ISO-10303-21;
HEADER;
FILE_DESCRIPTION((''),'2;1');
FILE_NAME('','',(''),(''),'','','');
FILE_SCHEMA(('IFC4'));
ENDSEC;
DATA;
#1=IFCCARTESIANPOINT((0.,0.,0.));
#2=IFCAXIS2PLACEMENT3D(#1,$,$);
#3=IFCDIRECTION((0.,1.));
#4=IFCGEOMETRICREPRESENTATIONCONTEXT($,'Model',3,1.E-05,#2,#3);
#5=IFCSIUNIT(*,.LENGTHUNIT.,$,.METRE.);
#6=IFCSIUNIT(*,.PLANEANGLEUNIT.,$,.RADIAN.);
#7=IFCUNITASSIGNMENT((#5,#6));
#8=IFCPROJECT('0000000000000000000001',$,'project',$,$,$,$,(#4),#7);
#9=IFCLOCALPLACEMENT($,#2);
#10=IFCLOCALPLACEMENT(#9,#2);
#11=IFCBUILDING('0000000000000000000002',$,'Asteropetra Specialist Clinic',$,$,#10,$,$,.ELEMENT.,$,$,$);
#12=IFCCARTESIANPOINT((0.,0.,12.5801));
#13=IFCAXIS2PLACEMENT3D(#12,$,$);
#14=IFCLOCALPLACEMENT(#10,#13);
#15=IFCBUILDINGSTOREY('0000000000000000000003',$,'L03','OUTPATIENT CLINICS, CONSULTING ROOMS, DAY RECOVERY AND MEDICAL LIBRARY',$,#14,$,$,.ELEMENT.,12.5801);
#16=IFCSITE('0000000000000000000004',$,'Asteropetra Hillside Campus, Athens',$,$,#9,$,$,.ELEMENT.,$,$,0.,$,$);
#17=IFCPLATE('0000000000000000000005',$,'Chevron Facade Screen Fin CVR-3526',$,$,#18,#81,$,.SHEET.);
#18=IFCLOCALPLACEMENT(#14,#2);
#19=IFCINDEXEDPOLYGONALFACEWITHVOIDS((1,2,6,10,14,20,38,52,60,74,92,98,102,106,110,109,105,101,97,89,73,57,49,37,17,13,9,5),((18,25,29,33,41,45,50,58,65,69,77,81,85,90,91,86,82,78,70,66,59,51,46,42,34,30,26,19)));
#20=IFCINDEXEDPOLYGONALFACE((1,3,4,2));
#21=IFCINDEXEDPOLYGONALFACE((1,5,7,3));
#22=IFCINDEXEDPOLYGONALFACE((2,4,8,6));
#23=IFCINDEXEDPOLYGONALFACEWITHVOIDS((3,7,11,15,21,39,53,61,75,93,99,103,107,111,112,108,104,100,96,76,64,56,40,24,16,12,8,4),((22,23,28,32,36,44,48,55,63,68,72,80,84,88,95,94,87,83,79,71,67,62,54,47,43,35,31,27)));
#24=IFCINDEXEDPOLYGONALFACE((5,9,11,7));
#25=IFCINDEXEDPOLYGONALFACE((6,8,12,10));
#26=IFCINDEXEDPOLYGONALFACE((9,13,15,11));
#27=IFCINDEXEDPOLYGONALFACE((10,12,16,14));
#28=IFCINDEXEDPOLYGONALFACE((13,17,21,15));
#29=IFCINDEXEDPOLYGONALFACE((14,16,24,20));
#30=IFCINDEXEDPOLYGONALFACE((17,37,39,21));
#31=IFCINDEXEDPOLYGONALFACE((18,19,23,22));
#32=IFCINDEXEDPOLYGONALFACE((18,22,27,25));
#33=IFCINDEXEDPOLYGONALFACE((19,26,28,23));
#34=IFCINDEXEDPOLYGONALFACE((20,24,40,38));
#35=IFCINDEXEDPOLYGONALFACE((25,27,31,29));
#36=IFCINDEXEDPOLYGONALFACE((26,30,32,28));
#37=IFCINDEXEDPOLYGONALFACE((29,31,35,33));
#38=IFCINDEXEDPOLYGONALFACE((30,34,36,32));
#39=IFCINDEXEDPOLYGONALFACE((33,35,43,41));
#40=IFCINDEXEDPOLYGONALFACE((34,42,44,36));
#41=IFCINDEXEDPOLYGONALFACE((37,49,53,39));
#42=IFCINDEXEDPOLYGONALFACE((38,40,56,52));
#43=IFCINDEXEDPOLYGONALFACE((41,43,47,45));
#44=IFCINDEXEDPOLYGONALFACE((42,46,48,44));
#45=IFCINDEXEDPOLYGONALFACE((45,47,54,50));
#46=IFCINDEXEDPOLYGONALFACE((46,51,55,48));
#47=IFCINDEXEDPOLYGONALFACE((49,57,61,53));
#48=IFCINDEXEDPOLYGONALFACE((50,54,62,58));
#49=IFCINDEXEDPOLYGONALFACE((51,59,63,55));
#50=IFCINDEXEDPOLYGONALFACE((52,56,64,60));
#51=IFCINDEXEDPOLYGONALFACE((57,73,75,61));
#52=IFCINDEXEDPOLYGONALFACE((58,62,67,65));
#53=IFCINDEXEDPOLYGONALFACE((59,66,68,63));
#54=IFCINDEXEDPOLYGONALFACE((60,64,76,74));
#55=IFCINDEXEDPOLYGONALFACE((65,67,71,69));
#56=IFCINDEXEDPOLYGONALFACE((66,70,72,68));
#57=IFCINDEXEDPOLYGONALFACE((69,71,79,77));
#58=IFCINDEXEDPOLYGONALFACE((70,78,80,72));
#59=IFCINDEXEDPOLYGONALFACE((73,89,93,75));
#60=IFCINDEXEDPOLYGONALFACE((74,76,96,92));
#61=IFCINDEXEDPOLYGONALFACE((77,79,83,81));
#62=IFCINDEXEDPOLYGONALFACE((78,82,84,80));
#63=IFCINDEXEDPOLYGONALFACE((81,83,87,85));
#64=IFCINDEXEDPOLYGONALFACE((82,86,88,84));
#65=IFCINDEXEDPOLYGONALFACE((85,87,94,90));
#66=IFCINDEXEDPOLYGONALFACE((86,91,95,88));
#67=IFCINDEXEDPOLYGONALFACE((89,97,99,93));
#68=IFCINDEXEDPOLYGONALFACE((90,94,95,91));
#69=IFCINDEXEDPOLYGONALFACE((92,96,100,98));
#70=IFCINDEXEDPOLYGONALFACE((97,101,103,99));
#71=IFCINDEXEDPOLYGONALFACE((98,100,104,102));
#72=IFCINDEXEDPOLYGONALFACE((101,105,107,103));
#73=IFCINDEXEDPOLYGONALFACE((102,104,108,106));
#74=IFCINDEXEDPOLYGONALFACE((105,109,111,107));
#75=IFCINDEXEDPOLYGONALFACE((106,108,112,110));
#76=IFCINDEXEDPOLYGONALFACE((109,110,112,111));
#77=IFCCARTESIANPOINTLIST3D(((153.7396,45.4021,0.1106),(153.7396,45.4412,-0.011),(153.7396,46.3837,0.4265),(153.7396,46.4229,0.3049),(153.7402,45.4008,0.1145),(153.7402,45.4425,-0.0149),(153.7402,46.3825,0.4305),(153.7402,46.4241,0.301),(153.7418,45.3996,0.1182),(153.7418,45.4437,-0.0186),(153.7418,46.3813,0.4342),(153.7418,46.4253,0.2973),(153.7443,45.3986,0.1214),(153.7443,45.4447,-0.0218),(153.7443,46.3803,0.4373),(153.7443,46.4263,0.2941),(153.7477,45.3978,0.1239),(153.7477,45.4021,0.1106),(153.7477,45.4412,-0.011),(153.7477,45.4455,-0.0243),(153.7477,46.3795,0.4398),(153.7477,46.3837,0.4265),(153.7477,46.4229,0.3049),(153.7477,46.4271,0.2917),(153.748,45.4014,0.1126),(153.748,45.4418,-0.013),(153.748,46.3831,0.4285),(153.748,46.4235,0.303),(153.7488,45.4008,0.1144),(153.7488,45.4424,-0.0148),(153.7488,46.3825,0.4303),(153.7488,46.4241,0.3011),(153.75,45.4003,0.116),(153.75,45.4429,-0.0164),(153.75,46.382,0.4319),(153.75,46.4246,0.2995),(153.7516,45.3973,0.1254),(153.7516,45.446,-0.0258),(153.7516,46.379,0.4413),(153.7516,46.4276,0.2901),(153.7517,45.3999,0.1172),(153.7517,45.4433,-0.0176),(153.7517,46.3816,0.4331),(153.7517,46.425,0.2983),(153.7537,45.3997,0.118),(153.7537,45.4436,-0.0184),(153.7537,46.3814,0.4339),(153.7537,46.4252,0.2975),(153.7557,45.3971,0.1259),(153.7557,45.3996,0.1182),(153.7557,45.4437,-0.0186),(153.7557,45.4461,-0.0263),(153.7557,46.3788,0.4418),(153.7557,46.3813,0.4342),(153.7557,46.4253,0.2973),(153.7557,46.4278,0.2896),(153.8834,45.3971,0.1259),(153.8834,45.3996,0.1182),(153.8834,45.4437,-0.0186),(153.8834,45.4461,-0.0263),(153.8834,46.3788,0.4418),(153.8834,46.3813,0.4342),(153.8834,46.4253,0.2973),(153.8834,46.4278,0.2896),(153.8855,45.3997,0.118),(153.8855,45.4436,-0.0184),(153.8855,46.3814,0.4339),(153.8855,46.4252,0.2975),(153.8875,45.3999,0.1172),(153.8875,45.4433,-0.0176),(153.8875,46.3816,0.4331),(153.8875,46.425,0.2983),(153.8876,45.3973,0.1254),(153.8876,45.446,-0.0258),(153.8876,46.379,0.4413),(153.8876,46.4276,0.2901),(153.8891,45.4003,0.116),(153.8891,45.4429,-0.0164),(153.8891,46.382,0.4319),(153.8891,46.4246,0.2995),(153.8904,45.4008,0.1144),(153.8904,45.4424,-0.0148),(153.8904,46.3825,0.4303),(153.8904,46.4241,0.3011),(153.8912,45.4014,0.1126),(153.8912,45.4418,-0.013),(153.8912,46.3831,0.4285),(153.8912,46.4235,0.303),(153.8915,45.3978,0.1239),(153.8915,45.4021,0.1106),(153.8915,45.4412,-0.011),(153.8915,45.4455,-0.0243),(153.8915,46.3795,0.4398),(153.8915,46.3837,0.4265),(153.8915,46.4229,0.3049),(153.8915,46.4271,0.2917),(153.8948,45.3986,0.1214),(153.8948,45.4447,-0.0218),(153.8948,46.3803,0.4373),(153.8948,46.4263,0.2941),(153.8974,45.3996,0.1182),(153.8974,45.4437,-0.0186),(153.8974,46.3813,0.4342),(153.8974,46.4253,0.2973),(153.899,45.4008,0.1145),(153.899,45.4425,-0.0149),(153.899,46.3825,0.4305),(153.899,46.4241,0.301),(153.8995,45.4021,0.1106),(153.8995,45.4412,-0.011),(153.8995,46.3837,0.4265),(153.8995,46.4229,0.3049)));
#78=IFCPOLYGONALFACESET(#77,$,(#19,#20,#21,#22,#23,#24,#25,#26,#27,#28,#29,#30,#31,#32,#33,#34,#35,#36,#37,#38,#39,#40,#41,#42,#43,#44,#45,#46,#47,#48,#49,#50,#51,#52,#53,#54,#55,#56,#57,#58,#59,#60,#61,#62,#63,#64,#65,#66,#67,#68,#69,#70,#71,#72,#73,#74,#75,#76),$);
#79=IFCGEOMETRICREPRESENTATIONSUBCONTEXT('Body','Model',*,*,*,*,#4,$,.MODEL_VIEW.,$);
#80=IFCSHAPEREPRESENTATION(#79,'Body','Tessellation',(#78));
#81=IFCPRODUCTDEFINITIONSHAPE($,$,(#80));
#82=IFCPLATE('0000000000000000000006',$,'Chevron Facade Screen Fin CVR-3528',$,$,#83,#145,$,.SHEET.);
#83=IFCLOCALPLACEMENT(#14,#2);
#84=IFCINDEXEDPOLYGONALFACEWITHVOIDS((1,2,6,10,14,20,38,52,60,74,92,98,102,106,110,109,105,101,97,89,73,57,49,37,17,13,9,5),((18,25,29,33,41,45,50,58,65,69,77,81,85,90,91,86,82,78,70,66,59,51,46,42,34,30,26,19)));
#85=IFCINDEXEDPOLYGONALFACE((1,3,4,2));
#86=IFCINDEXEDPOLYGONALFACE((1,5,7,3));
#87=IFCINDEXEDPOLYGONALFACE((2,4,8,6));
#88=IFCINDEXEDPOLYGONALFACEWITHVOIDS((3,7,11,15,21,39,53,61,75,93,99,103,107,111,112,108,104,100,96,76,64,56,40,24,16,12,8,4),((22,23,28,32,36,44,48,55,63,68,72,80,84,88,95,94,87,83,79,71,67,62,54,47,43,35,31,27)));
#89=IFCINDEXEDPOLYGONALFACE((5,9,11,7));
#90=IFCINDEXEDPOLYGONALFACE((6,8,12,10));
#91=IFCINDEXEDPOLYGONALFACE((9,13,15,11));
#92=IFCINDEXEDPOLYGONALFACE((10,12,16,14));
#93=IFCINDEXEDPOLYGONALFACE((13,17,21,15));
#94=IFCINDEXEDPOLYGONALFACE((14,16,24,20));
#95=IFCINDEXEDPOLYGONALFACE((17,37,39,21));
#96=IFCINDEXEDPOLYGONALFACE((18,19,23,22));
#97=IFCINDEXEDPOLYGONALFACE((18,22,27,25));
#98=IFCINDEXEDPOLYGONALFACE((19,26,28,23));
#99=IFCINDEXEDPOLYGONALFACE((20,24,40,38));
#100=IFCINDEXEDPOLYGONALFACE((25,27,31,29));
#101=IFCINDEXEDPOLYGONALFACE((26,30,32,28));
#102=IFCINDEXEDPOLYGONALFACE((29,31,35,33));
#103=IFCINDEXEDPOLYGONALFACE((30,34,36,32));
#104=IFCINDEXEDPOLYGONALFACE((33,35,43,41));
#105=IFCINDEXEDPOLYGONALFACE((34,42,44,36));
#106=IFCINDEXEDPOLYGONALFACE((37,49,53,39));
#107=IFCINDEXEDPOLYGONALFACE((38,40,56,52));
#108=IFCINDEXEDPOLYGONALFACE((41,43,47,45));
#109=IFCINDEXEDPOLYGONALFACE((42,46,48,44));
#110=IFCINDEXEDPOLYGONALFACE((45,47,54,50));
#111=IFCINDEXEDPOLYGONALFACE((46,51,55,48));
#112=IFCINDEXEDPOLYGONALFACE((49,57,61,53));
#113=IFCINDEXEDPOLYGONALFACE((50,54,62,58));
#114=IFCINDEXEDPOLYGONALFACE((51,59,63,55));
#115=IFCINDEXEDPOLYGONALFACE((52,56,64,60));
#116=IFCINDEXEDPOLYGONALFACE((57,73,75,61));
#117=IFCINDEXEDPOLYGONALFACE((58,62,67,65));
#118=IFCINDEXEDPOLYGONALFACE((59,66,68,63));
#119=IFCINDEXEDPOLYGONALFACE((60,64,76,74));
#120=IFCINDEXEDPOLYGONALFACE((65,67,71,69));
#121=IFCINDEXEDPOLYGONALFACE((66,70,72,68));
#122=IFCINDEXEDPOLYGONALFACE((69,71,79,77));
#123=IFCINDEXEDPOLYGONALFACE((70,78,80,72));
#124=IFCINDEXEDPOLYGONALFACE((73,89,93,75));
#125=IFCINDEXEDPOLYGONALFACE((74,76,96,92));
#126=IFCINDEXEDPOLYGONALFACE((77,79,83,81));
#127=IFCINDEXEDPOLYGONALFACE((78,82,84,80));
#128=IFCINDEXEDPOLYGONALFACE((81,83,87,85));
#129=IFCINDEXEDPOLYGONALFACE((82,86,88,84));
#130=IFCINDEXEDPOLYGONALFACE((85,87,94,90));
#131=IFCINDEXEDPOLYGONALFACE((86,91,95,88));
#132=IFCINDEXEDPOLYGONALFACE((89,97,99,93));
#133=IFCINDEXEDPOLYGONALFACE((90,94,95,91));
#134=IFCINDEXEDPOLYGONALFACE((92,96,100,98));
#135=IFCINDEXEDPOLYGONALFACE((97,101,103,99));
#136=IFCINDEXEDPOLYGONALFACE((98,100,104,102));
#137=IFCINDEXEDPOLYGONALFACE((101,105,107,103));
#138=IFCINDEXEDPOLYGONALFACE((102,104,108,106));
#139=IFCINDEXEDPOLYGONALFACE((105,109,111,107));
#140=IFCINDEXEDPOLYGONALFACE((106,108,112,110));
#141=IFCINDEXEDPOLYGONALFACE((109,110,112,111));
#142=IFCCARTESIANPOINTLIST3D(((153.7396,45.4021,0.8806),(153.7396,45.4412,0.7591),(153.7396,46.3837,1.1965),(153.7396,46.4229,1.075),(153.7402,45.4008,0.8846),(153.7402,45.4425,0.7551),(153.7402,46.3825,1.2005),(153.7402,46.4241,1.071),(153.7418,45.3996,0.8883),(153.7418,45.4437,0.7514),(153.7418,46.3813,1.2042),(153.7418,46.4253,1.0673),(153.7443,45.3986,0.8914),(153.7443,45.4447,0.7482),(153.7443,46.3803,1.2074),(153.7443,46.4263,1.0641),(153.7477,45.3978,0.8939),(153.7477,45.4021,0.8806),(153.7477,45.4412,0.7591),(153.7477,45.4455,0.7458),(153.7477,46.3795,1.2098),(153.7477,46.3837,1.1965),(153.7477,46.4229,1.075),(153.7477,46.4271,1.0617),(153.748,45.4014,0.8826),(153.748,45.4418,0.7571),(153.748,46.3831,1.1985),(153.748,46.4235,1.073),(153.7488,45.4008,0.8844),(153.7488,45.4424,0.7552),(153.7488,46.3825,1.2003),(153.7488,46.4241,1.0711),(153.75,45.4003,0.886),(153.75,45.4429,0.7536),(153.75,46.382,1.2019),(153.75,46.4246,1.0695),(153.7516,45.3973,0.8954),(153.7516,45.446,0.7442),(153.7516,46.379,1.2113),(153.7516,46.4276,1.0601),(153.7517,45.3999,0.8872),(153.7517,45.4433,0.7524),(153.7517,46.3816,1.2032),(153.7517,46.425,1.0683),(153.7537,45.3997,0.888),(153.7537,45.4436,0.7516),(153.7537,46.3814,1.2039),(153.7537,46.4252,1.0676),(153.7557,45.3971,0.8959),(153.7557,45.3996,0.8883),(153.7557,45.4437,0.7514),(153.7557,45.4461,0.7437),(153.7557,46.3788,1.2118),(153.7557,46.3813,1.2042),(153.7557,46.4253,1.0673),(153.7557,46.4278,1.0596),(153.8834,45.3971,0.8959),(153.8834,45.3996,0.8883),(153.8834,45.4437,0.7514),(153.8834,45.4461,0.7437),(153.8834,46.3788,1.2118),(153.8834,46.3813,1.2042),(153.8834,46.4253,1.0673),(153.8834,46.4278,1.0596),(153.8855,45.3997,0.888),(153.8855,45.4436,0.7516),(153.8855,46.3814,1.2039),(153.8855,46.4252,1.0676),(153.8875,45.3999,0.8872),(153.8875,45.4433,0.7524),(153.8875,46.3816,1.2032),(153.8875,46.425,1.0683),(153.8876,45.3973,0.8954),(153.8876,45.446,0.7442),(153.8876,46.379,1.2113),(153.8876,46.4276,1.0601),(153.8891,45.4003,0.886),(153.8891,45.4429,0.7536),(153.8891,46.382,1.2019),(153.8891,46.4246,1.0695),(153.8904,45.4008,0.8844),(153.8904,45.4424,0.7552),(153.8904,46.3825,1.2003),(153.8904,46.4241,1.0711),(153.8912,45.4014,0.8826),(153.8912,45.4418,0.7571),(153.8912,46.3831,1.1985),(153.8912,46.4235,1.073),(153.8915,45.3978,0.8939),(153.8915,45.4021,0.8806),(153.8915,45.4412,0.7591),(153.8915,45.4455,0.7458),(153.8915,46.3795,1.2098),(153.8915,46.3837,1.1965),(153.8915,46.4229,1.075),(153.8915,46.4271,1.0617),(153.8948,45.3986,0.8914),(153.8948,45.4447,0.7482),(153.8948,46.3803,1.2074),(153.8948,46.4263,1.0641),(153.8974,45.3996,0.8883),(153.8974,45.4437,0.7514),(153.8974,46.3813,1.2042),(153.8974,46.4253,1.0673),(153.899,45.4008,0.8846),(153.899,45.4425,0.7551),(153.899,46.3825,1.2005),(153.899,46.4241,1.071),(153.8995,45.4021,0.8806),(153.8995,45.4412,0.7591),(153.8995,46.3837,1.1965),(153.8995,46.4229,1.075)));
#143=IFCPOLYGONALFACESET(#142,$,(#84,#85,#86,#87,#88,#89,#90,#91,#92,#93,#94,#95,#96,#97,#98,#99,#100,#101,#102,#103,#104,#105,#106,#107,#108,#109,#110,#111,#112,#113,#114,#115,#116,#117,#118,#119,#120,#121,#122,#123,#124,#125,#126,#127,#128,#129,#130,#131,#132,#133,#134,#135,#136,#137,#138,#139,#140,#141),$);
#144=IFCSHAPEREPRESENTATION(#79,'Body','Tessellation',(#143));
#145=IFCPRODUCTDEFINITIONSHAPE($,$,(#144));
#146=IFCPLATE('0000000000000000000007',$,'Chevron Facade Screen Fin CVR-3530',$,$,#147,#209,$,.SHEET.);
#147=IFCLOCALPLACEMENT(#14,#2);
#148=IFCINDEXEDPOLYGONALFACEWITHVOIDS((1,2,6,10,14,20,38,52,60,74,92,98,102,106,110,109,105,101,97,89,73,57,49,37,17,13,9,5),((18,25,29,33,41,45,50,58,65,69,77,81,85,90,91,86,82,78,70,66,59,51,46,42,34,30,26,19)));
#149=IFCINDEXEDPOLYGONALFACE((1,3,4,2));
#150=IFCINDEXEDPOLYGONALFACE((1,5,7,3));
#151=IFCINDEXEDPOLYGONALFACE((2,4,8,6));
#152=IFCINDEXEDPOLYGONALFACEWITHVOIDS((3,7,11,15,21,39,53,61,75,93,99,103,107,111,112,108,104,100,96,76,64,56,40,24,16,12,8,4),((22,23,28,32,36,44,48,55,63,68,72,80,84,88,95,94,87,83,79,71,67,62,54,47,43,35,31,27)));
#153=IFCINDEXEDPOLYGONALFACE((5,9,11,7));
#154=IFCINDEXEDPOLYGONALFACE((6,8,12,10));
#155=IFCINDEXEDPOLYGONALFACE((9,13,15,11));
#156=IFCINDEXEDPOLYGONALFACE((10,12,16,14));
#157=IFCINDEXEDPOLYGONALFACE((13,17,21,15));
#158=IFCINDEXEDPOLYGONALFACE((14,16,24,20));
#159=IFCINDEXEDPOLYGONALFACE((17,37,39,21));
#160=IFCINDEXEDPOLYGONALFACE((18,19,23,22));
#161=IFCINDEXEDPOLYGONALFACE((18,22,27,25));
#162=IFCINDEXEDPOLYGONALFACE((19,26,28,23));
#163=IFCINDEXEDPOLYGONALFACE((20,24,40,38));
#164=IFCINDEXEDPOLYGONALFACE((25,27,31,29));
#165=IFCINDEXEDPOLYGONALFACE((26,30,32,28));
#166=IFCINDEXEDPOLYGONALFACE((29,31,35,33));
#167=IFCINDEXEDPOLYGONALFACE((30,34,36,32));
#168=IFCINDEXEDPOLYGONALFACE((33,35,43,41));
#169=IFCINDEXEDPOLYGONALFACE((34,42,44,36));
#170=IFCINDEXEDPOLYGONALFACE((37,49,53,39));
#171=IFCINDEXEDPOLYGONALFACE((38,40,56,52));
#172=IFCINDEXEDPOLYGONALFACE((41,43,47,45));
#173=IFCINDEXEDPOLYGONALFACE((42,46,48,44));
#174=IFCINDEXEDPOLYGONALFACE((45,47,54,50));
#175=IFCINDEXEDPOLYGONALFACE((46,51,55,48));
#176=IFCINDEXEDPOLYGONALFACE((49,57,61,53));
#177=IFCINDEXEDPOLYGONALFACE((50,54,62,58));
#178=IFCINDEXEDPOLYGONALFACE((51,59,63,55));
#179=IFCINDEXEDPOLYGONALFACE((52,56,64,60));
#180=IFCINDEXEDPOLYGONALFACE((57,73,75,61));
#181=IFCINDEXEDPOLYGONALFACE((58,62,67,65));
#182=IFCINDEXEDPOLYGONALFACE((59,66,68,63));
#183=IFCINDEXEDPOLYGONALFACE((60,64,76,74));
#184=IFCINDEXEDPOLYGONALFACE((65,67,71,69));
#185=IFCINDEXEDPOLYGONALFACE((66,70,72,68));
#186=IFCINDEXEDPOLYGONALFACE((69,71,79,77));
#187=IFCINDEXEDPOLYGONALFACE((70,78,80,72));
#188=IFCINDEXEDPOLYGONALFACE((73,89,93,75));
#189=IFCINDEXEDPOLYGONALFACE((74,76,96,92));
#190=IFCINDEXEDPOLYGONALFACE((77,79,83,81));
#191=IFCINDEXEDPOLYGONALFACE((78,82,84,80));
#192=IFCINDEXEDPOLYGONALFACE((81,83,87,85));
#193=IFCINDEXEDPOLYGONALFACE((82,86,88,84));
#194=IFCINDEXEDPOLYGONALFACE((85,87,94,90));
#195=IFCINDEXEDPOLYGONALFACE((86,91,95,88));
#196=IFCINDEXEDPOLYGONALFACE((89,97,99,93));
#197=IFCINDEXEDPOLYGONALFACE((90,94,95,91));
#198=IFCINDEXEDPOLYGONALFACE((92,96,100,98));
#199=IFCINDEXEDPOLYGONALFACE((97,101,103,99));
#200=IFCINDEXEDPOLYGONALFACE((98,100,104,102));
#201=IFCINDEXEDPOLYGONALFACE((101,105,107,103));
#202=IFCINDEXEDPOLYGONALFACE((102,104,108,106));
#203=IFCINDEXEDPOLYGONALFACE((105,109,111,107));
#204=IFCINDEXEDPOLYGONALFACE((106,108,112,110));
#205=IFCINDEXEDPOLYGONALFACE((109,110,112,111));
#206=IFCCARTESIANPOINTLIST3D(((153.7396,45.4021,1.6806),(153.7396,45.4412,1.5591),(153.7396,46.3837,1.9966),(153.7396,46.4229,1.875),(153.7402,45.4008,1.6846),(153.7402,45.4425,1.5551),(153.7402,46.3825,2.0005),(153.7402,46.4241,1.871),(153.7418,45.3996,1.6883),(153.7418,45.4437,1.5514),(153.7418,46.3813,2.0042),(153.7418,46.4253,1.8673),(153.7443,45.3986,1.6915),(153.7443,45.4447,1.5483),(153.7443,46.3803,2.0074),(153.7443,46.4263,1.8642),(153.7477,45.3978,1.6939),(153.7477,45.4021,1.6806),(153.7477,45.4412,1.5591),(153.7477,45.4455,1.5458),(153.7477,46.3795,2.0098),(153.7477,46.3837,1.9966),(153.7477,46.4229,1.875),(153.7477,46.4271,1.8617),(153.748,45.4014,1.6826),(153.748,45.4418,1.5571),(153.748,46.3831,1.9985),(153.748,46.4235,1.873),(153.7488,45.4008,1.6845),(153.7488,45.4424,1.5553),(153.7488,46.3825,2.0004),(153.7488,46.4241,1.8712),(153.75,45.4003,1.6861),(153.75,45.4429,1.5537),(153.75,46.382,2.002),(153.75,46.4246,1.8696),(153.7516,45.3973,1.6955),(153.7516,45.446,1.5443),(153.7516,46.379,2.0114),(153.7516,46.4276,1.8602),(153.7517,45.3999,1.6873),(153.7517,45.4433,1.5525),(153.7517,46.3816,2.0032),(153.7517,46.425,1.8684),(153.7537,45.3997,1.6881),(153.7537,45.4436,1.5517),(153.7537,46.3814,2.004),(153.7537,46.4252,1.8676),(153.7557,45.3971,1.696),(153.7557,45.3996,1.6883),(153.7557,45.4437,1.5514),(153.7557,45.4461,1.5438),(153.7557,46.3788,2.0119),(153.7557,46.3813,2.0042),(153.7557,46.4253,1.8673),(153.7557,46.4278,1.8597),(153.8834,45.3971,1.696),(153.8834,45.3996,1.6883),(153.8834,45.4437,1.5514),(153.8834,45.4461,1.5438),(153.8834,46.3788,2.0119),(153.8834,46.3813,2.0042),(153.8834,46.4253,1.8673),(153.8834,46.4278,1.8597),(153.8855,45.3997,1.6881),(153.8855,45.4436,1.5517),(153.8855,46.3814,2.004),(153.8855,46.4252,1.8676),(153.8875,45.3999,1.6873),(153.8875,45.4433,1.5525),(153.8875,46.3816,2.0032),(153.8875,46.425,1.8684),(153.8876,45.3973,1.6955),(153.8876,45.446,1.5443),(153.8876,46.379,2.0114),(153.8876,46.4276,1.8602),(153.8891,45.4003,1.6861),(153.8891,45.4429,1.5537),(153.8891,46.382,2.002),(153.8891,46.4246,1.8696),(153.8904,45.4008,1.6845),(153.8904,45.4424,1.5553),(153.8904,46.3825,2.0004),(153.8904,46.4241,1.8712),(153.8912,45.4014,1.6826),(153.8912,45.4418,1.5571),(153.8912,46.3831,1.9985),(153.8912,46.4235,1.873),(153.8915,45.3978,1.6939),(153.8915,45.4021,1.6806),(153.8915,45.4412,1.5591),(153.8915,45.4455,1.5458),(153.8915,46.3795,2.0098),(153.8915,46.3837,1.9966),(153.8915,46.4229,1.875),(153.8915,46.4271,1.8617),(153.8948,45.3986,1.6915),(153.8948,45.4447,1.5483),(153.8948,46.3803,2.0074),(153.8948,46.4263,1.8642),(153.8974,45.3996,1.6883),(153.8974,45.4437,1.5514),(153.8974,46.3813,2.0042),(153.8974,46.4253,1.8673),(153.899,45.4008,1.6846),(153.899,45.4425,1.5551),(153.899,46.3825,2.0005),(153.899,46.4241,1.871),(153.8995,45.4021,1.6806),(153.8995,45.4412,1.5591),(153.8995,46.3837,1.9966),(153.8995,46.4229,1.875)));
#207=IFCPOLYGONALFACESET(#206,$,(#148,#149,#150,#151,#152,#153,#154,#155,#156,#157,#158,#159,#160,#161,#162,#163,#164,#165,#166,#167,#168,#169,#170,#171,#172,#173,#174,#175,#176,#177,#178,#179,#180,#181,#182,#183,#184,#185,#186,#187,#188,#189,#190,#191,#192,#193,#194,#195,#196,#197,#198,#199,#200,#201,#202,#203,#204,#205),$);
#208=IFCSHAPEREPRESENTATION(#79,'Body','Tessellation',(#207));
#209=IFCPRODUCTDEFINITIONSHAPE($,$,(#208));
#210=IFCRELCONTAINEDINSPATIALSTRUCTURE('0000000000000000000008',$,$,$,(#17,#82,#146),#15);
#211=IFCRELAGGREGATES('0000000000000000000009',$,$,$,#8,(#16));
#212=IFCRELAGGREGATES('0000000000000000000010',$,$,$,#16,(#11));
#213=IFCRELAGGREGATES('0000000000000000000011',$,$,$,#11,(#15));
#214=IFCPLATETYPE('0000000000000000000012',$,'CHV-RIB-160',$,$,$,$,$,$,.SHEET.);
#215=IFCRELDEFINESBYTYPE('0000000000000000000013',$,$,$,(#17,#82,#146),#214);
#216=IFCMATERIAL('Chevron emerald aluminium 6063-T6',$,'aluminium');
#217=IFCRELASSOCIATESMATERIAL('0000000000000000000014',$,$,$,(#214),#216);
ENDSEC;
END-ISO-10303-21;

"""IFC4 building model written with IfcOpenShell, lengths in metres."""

from ifc_helpers import new_model, si_unit, direction, frame, origin, origin_2d, place, context, subcontext, project, spatial, hollow_rectangle, extrude, material, material_profile, profile_set, type_object, element, save


model = new_model("IFC4")

# Units and contexts
model_context = context("Model", 3, precision=1e-05, world=origin(), true_north=direction((0.0, 1.0)))
body_context = subcontext(model_context, "Body", "Model", "MODEL_VIEW")
ifc_project = project(units=[si_unit("LENGTHUNIT", "METRE"), si_unit("PLANEANGLEUNIT", "RADIAN")], contexts=[model_context])

# Site, building, storey
site_placement = place(None, origin())
site = spatial("IfcSite", under=ifc_project, at=site_placement, Name="Asteropetra Hillside Campus, Athens", CompositionType="ELEMENT", RefElevation=0.0)
building_placement = place(site_placement, origin())
building = spatial("IfcBuilding", under=site, at=building_placement, Name="Asteropetra Specialist Clinic", CompositionType="ELEMENT")
storey_placement = place(building_placement, frame((0.0, 0.0, 12.5801)))
storey = spatial("IfcBuildingStorey", under=building, at=storey_placement, Name="L03", Description="OUTPATIENT CLINICS, CONSULTING ROOMS, DAY RECOVERY AND MEDICAL LIBRARY", CompositionType="ELEMENT", Elevation=12.5801)

# Plates
ifc_material_1 = material(Name="Chevron emerald aluminium 6063-T6", Category="aluminium")
ifc_material_profile = material_profile(ifc_material_1, hollow_rectangle(XDim=0.1599, YDim=0.1599, WallThickness=0.0081, InnerFilletRadius=0.0081, OuterFilletRadius=0.0161, at=origin_2d()), Name="SHS 160x160x8.0")
ifc_profile_set = profile_set([ifc_material_profile], Name="Chevron emerald aluminium 6063-T6")
plate_type_1 = type_object("IfcPlateType", Name="CHV-RIB-160", PredefinedType="SHEET", material=ifc_profile_set)
for number, where, z_axis, x_axis, name in (
    (1, (153.8196, 45.4216, 0.0498), (0.0, 0.951923, 0.306339), (-1.0, 0.0, 0.0), "Chevron Facade Screen Fin CVR-3526"),
    (2, (153.8196, 45.4216, 0.8198), (0.0, 0.951923, 0.306339), (-1.0, 0.0, 0.0), "Chevron Facade Screen Fin CVR-3528"),
    (3, (153.8196, 45.4216, 1.6199), (0.0, 0.951923, 0.306339), (-1.0, 0.0, 0.0), "Chevron Facade Screen Fin CVR-3530"),
):
    element("IfcPlate", number, at=place(storey_placement, frame(where, z_axis=z_axis, x_axis=x_axis)), inside=storey, type_object=plate_type_1, Name=name, PredefinedType="SHEET", context=body_context, shape_type="SweptSolid", body=[
        extrude(hollow_rectangle(XDim=0.1599, YDim=0.1599, WallThickness=0.0081, InnerFilletRadius=0.0081, OuterFilletRadius=0.0161, at=origin_2d()), origin(), (0.0, 0.0, 1.0), 1.0312),
    ])

save(model, "model.ifc")
